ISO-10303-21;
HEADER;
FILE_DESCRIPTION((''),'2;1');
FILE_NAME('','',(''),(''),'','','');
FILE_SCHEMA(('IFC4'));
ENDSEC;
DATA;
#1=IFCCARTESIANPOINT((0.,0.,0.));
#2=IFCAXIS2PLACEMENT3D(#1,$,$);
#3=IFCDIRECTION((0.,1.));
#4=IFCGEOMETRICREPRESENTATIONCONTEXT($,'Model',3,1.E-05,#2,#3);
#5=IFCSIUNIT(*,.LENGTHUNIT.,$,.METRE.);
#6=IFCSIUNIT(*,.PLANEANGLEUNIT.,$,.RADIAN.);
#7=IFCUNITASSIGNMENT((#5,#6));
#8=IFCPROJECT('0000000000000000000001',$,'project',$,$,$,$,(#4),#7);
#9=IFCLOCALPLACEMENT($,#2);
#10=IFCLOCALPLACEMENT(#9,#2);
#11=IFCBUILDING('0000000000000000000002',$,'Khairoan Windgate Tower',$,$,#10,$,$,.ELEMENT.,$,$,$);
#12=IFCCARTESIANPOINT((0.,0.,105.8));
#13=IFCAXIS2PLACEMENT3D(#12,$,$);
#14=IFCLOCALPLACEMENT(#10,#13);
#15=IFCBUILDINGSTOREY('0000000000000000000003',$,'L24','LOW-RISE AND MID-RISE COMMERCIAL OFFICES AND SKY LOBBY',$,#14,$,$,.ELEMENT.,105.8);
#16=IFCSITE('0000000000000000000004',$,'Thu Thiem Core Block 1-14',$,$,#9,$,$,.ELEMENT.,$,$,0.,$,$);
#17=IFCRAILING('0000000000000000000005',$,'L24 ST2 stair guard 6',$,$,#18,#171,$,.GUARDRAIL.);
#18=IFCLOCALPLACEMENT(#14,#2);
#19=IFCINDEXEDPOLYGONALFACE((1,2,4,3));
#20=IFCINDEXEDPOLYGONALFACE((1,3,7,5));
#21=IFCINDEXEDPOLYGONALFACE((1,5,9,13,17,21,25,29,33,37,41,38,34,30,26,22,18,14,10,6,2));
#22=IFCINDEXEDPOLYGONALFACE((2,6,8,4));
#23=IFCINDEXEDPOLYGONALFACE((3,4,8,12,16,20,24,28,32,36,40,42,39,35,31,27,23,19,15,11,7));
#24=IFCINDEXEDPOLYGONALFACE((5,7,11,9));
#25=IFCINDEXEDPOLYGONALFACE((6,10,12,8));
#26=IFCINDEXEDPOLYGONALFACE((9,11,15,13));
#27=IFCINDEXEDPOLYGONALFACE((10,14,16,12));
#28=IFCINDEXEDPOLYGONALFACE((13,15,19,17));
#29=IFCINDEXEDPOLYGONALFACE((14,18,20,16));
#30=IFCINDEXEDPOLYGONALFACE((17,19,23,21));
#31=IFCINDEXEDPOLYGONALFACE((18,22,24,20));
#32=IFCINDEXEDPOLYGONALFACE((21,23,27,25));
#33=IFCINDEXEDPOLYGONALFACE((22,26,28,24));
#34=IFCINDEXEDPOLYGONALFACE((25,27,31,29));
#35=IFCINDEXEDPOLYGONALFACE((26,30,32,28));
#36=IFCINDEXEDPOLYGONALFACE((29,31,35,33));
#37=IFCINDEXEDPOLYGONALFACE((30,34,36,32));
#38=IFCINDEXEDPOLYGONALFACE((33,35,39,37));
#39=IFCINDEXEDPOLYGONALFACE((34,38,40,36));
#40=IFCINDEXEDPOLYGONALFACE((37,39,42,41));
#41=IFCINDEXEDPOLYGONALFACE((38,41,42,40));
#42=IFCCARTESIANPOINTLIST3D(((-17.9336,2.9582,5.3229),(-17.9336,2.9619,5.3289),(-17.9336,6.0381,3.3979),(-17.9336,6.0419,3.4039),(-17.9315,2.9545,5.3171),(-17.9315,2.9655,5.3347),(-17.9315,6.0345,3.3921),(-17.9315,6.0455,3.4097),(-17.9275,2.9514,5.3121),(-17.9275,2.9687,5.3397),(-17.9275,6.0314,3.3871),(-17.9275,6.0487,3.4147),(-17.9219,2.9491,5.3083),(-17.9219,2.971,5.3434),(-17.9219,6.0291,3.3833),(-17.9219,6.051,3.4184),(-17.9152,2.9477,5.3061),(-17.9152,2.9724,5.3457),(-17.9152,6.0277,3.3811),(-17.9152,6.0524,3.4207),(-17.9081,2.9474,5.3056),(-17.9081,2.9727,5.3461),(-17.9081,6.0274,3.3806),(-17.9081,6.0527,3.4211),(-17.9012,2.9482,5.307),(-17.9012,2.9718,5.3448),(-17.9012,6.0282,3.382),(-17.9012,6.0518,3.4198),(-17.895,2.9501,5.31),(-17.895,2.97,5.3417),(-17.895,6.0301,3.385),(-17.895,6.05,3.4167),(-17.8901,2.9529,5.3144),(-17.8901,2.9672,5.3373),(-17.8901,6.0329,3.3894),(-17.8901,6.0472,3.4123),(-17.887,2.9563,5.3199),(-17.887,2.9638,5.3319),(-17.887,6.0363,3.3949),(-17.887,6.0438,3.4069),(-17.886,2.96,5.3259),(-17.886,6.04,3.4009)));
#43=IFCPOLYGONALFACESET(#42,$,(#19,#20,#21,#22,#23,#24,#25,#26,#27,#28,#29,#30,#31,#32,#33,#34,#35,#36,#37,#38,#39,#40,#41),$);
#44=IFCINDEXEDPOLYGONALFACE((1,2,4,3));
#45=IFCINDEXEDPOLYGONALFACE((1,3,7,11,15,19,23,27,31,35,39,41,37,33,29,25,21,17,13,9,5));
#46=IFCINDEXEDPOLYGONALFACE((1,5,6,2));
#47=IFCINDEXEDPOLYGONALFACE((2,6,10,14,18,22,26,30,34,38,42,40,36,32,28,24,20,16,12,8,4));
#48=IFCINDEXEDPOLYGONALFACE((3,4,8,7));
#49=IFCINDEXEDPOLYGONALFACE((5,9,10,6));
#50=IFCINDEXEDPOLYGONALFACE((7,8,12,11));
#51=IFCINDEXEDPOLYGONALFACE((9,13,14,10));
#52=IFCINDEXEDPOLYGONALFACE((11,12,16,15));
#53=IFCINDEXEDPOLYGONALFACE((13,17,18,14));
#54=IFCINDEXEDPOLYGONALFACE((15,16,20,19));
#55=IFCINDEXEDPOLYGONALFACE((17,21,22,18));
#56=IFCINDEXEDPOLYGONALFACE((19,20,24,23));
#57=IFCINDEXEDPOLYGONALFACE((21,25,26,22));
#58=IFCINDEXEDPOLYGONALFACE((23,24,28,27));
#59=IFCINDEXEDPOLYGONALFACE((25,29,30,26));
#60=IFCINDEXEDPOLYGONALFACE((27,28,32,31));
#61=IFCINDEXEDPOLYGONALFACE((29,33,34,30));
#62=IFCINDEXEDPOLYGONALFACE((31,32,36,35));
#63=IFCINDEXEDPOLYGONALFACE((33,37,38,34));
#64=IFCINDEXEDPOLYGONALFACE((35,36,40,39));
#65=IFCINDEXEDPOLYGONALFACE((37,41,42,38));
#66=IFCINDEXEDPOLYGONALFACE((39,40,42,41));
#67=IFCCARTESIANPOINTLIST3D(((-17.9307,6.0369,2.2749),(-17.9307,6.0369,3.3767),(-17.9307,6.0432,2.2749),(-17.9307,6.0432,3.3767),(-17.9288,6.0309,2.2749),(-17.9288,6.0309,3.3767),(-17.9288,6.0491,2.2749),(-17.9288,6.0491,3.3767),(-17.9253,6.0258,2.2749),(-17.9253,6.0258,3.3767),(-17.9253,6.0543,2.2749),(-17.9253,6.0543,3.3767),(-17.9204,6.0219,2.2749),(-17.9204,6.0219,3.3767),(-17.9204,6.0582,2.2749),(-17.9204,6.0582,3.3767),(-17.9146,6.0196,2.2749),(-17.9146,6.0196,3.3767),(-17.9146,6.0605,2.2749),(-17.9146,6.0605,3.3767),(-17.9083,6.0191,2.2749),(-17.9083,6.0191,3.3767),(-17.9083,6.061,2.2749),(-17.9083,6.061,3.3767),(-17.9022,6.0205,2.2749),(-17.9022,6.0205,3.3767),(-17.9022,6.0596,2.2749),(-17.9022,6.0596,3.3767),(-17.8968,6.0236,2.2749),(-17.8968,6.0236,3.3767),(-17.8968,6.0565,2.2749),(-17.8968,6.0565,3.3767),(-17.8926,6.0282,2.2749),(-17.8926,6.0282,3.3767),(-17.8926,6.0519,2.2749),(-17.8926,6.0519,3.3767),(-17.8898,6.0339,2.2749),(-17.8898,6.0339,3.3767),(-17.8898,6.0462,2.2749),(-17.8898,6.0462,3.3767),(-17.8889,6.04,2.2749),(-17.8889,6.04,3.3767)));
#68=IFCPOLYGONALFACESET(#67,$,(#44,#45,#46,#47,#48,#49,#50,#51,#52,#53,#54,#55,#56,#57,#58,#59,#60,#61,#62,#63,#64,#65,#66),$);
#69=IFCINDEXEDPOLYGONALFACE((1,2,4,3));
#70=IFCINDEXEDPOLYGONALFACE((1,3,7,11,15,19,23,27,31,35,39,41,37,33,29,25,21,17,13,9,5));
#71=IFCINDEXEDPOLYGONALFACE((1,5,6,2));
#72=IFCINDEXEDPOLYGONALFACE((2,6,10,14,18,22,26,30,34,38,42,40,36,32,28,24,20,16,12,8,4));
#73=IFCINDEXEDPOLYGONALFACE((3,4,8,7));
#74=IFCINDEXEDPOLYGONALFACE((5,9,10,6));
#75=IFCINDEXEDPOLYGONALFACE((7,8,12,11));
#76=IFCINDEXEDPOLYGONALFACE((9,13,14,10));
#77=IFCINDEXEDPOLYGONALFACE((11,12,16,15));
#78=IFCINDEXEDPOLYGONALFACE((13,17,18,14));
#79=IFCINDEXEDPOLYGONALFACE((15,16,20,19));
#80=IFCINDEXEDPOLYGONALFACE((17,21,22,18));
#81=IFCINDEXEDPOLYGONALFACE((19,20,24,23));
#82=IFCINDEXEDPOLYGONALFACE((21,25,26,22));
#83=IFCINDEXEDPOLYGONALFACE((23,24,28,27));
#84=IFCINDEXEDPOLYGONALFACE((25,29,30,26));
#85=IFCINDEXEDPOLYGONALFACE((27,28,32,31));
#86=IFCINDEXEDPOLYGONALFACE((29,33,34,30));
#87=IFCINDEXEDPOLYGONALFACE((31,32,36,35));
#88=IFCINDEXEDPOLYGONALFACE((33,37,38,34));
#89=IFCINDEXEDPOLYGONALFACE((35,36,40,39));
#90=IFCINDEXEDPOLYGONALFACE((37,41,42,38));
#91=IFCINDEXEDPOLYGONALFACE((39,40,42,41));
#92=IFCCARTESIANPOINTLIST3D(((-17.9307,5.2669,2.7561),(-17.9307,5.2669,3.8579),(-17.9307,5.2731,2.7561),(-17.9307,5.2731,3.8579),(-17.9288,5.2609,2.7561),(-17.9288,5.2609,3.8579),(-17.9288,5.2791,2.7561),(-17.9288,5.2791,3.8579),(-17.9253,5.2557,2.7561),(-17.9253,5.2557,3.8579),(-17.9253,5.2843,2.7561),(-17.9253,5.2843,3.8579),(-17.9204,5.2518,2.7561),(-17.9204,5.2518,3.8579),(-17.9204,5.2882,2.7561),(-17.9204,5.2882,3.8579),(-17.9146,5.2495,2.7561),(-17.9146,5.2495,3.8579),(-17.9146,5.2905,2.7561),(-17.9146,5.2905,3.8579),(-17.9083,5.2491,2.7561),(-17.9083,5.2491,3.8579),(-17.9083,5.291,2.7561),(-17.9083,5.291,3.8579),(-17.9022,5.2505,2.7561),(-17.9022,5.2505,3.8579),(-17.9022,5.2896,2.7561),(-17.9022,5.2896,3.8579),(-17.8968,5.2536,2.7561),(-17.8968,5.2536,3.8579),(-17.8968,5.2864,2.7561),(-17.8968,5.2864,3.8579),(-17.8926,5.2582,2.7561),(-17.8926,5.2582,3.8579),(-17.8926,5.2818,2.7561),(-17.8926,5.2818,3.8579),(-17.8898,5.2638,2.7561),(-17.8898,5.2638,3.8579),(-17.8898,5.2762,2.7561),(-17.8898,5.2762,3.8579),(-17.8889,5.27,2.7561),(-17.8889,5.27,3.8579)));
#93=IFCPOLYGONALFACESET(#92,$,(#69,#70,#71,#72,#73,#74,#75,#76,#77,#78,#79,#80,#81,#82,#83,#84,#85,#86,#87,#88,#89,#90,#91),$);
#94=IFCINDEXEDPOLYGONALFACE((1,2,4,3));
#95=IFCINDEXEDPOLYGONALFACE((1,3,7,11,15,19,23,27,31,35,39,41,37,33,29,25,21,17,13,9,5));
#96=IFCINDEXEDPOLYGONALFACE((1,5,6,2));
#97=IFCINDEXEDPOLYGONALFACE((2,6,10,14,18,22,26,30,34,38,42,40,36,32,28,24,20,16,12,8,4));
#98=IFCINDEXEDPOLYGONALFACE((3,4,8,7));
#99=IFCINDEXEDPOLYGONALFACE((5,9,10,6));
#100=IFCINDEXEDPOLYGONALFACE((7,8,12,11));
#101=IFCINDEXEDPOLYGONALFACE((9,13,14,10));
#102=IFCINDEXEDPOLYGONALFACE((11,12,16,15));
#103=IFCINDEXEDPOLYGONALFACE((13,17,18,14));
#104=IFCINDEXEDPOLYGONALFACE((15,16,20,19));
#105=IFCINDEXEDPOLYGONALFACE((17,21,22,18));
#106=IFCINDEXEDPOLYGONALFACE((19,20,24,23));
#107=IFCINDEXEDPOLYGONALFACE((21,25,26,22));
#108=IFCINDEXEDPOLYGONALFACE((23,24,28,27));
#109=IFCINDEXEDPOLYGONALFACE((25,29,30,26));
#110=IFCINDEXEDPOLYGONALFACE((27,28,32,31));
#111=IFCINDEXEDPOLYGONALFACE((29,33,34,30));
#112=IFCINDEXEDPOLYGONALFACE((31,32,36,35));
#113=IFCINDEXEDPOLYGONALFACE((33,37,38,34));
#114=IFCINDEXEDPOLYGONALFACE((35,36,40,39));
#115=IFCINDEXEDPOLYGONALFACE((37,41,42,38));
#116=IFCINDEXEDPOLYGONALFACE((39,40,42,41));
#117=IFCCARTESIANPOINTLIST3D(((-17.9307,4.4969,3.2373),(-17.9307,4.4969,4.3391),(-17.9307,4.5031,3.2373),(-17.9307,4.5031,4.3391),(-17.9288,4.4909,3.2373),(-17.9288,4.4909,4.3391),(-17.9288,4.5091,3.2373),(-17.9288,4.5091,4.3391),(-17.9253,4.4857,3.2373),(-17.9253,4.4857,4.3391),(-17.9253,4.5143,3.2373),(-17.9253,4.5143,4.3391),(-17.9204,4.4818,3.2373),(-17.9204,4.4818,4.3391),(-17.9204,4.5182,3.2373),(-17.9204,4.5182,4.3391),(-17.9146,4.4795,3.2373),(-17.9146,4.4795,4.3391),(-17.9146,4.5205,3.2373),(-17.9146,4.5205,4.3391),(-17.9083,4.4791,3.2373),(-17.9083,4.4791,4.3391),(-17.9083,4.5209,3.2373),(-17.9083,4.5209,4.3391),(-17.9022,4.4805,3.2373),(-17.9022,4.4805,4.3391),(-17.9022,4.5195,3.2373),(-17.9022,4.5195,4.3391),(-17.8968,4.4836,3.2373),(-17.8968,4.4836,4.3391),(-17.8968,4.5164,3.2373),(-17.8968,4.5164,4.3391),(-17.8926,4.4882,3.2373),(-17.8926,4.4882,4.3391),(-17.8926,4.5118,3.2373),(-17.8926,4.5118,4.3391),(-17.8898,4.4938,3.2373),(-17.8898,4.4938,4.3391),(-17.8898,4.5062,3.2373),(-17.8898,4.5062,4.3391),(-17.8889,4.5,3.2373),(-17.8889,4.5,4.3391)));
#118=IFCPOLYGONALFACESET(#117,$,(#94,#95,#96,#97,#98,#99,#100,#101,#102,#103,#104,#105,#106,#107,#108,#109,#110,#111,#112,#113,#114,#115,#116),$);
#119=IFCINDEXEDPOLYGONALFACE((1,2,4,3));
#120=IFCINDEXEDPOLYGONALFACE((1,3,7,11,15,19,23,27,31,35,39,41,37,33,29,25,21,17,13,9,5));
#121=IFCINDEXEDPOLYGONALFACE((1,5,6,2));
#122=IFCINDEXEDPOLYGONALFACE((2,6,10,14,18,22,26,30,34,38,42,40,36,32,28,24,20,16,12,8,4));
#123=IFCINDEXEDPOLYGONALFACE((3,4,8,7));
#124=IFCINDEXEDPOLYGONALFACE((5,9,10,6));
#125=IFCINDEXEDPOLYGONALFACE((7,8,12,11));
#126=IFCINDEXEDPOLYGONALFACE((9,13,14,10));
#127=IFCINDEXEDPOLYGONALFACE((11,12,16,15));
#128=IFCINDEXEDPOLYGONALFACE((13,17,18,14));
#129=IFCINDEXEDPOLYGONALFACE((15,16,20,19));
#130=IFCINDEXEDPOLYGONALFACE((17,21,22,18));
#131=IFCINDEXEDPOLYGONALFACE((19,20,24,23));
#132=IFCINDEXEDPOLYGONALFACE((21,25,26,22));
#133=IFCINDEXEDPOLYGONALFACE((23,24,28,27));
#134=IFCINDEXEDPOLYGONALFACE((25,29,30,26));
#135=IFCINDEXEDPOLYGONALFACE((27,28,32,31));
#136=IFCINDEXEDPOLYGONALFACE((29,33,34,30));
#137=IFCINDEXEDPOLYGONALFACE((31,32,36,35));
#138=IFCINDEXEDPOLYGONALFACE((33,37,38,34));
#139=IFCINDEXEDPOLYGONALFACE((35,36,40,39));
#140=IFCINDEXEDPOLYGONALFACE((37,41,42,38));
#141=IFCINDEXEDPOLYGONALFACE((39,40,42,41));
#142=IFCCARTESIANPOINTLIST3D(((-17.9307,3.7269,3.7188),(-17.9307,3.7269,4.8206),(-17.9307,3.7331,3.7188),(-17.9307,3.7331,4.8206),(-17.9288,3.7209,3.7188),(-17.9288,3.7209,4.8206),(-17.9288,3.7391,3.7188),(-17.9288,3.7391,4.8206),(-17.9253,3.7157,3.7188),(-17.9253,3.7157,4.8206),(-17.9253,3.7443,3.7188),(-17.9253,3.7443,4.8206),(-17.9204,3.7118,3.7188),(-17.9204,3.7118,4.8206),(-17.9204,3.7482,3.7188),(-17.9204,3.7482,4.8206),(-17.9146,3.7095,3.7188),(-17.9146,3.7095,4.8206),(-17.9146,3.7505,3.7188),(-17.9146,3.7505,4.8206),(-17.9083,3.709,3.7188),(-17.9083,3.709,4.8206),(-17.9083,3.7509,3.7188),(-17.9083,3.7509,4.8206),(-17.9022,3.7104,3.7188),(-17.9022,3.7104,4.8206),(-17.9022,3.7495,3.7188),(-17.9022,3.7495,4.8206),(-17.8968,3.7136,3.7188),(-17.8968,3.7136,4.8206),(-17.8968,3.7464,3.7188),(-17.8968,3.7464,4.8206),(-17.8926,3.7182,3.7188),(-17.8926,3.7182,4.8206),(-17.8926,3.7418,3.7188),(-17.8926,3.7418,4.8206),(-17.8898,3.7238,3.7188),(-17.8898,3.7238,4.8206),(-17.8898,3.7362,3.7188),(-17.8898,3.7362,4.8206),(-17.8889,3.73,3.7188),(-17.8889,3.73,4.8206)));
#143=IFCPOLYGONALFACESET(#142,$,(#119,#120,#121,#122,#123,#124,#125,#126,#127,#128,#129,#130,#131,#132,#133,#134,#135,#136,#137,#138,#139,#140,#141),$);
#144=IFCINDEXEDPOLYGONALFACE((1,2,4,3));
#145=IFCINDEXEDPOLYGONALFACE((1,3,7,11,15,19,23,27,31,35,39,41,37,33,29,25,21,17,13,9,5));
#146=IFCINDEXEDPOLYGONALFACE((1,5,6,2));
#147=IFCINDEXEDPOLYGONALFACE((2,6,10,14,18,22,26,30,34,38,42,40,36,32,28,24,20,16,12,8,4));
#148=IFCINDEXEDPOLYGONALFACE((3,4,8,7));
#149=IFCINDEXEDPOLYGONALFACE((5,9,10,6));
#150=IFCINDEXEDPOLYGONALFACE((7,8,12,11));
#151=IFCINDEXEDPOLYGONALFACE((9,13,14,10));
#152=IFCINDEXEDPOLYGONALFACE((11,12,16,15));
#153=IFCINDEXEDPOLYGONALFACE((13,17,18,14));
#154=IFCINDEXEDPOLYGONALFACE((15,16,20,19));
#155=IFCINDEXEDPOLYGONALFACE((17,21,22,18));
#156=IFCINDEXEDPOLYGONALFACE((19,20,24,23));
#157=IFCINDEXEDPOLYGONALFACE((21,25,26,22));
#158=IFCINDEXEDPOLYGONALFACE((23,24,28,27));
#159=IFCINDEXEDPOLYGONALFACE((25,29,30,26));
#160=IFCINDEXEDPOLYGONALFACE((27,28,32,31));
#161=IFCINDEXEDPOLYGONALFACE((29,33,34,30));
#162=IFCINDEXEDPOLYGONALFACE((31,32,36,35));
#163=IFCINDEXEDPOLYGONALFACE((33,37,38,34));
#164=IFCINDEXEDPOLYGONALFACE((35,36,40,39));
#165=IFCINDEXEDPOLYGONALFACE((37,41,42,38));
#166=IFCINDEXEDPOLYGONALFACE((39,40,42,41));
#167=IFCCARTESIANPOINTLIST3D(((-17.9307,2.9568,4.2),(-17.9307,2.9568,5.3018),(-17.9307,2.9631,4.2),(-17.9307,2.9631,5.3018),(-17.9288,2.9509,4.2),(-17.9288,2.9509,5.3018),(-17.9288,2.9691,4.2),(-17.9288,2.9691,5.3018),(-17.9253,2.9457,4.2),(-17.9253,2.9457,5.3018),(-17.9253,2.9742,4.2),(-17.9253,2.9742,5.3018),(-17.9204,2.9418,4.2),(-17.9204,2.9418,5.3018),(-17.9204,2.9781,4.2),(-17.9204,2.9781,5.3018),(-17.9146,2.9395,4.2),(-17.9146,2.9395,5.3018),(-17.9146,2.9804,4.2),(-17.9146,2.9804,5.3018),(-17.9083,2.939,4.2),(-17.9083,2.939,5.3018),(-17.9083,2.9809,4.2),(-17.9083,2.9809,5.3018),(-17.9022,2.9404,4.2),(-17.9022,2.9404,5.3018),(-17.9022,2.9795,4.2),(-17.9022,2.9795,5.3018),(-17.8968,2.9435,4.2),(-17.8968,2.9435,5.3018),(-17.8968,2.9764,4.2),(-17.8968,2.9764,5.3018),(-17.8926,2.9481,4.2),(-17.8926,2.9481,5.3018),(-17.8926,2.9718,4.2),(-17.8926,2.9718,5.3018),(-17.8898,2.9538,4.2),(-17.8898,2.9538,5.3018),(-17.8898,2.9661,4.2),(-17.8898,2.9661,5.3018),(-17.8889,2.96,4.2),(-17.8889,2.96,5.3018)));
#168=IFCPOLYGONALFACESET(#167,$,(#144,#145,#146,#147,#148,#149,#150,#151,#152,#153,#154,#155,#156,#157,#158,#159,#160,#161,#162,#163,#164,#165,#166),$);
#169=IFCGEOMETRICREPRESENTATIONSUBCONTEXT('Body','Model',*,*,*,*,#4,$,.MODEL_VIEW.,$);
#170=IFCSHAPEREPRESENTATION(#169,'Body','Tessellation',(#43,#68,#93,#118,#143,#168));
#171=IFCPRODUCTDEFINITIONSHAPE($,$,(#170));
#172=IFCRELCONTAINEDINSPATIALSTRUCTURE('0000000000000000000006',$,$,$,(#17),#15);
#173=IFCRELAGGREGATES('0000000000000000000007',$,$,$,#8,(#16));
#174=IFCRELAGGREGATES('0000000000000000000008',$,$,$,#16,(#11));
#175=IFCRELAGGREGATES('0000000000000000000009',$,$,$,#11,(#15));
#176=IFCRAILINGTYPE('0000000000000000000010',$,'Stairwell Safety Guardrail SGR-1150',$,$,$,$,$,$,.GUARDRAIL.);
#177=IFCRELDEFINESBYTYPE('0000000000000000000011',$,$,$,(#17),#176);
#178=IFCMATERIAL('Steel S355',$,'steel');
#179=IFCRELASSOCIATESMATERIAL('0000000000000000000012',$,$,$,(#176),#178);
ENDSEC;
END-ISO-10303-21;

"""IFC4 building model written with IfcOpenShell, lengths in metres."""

from ifc_helpers import new_model, si_unit, direction, frame, origin, origin_2d, place, context, subcontext, project, spatial, circle, extrude, material, type_object, element, save


model = new_model("IFC4")

# Units and contexts
model_context = context("Model", 3, precision=1e-05, world=origin(), true_north=direction((0.0, 1.0)))
body_context = subcontext(model_context, "Body", "Model", "MODEL_VIEW")
ifc_project = project(units=[si_unit("LENGTHUNIT", "METRE"), si_unit("PLANEANGLEUNIT", "RADIAN")], contexts=[model_context])

# Site, building, storey
site_placement = place(None, origin())
site = spatial("IfcSite", under=ifc_project, at=site_placement, Name="Thu Thiem Core Block 1-14", CompositionType="ELEMENT", RefElevation=0.0)
building_placement = place(site_placement, origin())
building = spatial("IfcBuilding", under=site, at=building_placement, Name="Khairoan Windgate Tower", CompositionType="ELEMENT")
storey_placement = place(building_placement, frame((0.0, 0.0, 105.8)))
storey = spatial("IfcBuildingStorey", under=building, at=storey_placement, Name="L24", Description="LOW-RISE AND MID-RISE COMMERCIAL OFFICES AND SKY LOBBY", CompositionType="ELEMENT", Elevation=105.8)

# Railing
ifc_material_1 = material(Name="Steel S355", Category="steel")
railing_type_1 = type_object("IfcRailingType", Name="Stairwell Safety Guardrail SGR-1150", PredefinedType="GUARDRAIL", material=ifc_material_1)
railing_1_placement = place(storey_placement, frame((-17.9099, 6.04, 2.2749)))
element("IfcRailing", 1, at=railing_1_placement, inside=storey, type_object=railing_type_1, Name="L24 ST2 stair guard 6", PredefinedType="GUARDRAIL", context=body_context, shape_type="SweptSolid", body=[
    extrude(circle(Radius=0.0239, at=origin_2d()), frame((0.0, 0.0, 1.126), z_axis=(0.0, -0.847998, 0.529999), x_axis=(1.0, 0.0, 0.0)), (0.0, 0.0, 1.0), 3.6321),
    extrude(circle(Radius=0.021, at=origin_2d()), origin(), (0.0, 0.0, 1.0), 1.1018),
    extrude(circle(Radius=0.021, at=origin_2d()), frame((0.0, -0.77, 0.4812)), (0.0, 0.0, 1.0), 1.1018),
    extrude(circle(Radius=0.021, at=origin_2d()), frame((0.0, -1.54, 0.9624)), (0.0, 0.0, 1.0), 1.1018),
    extrude(circle(Radius=0.021, at=origin_2d()), frame((0.0, -2.3101, 1.4438)), (0.0, 0.0, 1.0), 1.1018),
    extrude(circle(Radius=0.021, at=origin_2d()), frame((0.0, -3.0801, 1.925)), (0.0, 0.0, 1.0), 1.1018),
])

save(model, "model.ifc")
